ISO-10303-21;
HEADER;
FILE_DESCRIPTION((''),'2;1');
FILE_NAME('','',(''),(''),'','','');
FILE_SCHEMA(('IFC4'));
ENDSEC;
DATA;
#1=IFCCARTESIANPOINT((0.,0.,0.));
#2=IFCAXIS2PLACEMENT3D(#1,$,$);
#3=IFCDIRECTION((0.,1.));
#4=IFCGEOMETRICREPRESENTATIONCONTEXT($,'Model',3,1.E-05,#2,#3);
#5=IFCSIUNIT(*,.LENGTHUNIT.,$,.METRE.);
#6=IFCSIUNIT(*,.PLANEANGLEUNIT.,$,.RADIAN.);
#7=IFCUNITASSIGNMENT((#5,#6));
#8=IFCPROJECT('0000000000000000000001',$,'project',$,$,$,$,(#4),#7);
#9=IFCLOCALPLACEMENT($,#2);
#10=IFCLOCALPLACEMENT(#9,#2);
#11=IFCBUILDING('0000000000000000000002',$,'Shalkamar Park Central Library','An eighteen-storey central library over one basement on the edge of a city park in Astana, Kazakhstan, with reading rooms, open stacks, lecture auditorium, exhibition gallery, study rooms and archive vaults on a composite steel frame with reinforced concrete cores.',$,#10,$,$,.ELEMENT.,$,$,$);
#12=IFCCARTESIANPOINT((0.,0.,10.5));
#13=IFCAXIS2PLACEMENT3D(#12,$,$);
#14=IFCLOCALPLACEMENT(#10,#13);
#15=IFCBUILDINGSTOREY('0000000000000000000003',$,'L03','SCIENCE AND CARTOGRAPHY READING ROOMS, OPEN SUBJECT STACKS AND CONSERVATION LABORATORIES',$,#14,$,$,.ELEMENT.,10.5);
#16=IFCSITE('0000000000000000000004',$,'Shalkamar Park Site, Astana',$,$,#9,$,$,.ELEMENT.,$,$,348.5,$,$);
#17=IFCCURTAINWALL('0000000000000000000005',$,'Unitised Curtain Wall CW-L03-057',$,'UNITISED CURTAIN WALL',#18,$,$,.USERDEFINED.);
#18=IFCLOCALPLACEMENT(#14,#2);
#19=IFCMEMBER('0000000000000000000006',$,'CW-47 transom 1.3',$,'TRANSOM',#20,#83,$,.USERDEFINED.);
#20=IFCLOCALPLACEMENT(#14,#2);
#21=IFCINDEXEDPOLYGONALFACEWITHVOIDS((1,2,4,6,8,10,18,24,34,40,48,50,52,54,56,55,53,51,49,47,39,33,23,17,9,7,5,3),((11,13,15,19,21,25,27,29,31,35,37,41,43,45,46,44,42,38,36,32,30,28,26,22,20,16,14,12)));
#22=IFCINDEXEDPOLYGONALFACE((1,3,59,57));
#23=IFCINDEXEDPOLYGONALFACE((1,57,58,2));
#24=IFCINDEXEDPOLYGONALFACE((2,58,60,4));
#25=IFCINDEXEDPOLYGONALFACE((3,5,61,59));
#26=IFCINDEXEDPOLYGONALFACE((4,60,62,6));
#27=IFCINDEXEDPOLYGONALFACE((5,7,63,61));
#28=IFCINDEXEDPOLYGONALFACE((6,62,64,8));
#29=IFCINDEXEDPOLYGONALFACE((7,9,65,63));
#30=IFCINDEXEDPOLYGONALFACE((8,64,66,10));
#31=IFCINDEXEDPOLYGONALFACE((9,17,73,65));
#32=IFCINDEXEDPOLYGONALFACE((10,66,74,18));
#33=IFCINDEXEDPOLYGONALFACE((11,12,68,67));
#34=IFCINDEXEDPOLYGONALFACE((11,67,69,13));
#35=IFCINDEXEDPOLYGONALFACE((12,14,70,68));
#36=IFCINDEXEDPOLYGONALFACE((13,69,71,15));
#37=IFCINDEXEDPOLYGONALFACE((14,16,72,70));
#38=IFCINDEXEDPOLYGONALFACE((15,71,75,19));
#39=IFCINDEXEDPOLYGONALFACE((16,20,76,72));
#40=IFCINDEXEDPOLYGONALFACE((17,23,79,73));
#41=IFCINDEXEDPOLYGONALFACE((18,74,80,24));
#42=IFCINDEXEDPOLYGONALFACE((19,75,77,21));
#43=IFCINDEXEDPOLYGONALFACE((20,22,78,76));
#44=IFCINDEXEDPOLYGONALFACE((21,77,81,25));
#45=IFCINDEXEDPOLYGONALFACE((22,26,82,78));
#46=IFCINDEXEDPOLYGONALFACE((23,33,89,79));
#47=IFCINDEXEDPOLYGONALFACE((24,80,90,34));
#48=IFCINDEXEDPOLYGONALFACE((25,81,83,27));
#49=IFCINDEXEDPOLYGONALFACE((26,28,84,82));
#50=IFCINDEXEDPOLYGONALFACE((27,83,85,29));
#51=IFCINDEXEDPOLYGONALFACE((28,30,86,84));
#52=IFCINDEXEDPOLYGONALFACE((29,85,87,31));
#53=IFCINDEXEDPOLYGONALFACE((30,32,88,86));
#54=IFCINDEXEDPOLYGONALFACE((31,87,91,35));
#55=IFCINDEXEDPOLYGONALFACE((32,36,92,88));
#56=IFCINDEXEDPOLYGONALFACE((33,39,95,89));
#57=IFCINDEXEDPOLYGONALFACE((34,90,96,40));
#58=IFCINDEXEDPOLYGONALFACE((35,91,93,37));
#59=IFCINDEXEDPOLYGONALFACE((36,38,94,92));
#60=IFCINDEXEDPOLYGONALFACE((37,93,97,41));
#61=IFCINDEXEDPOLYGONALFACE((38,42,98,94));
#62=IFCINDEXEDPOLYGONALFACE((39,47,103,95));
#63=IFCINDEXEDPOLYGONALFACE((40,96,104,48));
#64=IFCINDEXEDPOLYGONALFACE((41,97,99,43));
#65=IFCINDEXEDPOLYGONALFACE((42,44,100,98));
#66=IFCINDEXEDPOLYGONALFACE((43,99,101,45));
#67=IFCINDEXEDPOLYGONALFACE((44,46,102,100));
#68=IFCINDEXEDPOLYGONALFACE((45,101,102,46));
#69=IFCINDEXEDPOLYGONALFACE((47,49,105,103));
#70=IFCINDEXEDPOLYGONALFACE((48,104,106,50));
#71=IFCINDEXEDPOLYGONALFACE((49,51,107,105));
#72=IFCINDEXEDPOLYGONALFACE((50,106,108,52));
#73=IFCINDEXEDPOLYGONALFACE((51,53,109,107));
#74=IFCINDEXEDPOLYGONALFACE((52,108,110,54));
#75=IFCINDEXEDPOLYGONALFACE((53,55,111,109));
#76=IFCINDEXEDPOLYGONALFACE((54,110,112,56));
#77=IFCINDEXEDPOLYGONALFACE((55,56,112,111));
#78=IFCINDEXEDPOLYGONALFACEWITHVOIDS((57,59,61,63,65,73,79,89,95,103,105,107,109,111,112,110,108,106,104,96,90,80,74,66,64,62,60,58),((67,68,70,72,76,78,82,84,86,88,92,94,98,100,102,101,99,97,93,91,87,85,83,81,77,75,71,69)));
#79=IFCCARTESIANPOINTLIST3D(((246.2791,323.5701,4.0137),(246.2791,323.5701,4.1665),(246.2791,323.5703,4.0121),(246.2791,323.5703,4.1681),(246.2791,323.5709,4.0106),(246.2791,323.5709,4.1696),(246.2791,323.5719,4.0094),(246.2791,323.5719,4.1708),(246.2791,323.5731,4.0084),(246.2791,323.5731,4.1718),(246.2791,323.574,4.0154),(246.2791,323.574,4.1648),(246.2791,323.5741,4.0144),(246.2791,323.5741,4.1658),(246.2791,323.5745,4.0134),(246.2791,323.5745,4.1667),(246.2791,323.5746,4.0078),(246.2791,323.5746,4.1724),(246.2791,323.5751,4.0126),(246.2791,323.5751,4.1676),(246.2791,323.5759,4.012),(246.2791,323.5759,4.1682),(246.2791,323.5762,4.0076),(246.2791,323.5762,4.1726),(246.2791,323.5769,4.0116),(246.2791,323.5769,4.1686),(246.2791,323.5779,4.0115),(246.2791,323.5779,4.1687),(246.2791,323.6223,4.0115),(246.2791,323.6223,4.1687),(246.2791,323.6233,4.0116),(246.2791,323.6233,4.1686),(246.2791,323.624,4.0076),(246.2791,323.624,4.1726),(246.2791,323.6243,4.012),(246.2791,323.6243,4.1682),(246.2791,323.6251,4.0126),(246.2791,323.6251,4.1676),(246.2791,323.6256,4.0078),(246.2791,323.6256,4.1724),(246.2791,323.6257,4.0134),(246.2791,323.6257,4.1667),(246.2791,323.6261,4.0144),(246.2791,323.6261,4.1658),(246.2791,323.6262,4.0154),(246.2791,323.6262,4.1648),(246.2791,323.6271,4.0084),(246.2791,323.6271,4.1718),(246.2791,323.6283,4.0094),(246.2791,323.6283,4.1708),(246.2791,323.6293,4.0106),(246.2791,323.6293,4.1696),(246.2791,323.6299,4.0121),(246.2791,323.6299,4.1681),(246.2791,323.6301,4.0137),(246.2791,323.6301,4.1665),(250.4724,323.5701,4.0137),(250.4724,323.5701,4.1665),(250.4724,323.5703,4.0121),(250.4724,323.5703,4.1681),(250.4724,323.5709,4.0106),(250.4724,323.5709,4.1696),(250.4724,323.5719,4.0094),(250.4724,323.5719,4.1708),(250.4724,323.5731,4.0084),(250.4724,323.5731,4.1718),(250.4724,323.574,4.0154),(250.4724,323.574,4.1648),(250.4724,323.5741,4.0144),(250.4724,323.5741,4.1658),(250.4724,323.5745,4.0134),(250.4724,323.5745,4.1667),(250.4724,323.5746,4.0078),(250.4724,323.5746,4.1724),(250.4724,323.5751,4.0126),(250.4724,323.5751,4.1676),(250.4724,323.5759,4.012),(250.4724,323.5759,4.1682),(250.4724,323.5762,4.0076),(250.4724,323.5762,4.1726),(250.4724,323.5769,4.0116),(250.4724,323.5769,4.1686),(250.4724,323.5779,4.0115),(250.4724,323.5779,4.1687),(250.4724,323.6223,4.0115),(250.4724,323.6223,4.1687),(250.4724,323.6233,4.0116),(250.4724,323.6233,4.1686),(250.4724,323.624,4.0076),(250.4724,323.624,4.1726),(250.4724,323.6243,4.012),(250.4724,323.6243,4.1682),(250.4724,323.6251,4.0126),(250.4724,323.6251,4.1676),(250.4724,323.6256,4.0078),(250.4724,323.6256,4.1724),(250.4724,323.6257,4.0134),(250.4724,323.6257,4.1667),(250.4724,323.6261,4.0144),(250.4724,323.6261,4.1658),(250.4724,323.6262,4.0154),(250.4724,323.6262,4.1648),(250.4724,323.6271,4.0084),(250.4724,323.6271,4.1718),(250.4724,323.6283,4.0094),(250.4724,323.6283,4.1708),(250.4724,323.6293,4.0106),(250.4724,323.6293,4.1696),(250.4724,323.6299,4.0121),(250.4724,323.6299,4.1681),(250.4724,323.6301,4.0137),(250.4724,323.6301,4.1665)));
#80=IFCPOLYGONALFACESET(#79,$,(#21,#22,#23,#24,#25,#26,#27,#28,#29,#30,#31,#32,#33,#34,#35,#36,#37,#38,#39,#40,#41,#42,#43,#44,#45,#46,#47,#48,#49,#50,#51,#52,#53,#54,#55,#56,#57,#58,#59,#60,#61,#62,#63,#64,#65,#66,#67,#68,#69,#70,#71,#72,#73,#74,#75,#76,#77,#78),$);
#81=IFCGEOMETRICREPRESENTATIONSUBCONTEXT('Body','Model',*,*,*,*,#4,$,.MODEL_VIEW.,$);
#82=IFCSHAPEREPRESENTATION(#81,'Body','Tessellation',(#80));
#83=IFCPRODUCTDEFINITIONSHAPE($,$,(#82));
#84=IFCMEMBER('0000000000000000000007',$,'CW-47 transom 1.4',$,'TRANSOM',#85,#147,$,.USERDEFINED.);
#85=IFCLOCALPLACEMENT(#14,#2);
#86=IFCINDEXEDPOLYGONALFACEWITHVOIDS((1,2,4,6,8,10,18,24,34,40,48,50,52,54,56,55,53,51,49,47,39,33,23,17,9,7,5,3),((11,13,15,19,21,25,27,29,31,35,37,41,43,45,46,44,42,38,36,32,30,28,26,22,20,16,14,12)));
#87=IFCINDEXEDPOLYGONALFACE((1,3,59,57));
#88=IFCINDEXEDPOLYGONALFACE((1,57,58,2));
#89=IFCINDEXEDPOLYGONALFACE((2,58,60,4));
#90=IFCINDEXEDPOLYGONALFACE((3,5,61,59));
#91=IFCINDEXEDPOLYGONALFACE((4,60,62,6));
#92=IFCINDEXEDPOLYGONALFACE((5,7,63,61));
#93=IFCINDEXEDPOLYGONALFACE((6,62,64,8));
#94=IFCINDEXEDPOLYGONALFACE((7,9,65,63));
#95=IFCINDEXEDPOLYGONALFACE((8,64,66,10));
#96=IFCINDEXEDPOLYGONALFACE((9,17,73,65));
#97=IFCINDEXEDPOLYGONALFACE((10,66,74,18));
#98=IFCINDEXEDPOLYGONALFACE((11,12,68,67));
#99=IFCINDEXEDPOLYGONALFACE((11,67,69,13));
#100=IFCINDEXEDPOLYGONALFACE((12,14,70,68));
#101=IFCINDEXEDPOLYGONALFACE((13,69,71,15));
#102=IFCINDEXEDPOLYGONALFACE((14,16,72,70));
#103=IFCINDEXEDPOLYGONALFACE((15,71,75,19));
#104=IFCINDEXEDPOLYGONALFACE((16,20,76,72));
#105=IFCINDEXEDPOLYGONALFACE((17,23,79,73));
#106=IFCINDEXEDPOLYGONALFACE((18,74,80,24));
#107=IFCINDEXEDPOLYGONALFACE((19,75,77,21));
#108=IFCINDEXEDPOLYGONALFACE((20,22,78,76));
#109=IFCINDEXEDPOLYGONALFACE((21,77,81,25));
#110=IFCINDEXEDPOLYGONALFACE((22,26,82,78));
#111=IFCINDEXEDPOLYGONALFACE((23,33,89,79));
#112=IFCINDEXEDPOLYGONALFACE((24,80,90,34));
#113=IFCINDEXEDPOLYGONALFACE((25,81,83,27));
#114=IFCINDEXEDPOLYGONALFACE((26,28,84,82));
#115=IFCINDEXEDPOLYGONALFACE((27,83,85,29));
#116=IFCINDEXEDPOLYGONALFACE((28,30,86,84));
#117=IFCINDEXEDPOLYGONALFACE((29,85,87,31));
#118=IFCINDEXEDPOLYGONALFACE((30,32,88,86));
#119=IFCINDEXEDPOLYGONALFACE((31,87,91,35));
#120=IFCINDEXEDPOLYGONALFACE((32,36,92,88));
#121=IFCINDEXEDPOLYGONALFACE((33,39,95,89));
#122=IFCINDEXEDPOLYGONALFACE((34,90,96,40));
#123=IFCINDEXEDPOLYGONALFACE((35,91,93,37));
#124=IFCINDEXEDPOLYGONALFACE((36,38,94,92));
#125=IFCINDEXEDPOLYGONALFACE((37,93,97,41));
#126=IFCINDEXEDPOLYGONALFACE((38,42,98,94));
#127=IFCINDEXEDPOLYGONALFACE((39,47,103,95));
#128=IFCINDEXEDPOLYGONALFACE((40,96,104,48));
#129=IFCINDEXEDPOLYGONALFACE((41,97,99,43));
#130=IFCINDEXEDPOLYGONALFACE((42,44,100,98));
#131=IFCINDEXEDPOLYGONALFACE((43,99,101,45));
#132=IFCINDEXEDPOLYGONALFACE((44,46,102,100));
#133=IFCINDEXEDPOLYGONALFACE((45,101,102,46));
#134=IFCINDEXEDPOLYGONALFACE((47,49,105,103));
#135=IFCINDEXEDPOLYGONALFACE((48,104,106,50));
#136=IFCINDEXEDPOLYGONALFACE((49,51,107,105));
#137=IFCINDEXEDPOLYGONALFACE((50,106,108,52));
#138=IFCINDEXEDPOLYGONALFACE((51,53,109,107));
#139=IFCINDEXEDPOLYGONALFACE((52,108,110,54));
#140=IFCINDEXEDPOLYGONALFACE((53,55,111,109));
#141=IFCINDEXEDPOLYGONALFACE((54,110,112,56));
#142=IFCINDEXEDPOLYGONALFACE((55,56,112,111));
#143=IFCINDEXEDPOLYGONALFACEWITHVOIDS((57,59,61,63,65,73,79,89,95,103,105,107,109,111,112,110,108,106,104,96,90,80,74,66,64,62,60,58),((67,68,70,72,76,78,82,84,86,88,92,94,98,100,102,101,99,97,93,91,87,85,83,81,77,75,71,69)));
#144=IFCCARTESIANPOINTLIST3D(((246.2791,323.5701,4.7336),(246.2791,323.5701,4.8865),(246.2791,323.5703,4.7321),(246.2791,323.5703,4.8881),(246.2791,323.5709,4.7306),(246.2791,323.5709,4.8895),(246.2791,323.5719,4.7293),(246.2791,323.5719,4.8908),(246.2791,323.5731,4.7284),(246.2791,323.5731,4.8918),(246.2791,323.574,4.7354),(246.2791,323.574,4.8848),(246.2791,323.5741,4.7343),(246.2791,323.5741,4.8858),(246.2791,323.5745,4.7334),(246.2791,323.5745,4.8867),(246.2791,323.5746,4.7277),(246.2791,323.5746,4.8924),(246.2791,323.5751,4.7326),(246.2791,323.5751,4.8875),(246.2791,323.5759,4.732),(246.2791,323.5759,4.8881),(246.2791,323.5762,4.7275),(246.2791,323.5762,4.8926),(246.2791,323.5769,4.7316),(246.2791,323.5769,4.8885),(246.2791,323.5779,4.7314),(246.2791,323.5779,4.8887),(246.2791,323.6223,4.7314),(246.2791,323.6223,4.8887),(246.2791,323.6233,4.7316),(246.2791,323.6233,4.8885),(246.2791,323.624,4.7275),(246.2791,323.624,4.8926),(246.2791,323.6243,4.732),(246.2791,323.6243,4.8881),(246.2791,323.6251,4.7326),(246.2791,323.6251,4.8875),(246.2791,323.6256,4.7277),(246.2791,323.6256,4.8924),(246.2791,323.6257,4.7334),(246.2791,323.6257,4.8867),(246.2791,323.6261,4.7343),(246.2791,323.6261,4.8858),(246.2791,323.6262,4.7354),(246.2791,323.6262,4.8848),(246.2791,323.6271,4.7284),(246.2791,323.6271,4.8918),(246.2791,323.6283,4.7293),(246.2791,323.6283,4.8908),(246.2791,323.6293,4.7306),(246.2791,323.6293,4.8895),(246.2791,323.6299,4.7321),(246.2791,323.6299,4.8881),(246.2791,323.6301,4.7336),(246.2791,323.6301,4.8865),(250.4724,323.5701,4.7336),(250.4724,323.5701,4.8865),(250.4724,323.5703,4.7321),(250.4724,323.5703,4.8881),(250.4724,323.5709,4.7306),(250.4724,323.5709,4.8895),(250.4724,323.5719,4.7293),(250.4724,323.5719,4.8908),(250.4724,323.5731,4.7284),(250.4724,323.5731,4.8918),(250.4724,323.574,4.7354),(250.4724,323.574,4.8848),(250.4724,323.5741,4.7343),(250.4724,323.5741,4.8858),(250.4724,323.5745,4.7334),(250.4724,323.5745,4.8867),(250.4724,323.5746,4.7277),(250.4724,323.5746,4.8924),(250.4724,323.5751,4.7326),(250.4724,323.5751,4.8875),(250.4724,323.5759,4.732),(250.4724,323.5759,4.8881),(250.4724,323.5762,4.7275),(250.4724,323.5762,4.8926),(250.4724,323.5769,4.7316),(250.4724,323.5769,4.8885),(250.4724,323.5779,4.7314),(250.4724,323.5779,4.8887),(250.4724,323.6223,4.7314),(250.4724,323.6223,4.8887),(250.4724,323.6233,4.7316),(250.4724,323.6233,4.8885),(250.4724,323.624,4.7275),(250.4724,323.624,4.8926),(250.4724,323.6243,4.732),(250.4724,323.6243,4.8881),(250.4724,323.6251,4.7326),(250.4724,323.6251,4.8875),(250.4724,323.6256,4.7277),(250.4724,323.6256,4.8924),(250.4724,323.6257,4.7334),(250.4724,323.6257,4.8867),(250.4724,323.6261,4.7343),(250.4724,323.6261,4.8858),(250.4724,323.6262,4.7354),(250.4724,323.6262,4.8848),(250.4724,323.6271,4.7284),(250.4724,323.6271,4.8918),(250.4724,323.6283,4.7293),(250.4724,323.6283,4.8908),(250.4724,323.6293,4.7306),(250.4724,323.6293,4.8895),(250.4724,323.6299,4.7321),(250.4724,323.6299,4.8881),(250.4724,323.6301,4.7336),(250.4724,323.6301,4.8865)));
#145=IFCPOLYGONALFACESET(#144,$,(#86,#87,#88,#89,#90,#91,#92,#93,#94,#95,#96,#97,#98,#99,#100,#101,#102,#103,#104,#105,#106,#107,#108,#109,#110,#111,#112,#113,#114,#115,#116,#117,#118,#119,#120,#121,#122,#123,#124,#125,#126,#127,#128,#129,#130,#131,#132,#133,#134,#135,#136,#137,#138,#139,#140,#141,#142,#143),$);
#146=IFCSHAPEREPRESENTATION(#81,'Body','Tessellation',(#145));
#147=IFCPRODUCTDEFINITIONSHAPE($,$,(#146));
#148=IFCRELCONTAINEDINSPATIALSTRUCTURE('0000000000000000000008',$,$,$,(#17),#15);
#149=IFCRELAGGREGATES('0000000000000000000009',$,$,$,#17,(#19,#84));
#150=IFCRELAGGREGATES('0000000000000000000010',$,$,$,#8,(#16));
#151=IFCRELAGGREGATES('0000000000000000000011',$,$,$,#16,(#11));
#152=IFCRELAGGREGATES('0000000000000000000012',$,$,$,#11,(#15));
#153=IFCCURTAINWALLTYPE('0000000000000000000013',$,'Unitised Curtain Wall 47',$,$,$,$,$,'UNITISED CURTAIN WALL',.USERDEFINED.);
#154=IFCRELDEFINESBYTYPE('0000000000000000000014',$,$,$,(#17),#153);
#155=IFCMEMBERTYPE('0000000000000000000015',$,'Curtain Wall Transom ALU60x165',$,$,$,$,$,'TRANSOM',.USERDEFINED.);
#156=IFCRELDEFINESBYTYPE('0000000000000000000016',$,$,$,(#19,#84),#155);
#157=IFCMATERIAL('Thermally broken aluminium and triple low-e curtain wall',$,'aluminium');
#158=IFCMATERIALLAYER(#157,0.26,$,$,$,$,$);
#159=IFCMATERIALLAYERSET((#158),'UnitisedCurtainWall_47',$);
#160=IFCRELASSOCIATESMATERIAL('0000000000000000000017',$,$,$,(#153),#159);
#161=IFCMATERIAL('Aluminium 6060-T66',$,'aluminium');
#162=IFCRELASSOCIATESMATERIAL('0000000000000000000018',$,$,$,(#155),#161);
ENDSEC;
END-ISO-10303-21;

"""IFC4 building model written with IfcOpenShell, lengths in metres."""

from ifc_helpers import new_model, si_unit, direction, frame, origin, origin_2d, place, context, subcontext, project, spatial, hollow_rectangle, extrude, material, layer, layer_set, material_profile, profile_set, type_object, element, aggregate, save


model = new_model("IFC4")

# Units and contexts
model_context = context("Model", 3, precision=1e-05, world=origin(), true_north=direction((0.0, 1.0)))
body_context = subcontext(model_context, "Body", "Model", "MODEL_VIEW")
ifc_project = project(units=[si_unit("LENGTHUNIT", "METRE"), si_unit("PLANEANGLEUNIT", "RADIAN")], contexts=[model_context])

# Site, building, storey
site_placement = place(None, origin())
site = spatial("IfcSite", under=ifc_project, at=site_placement, Name="Shalkamar Park Site, Astana", CompositionType="ELEMENT", RefElevation=348.5)
building_placement = place(site_placement, origin())
building = spatial("IfcBuilding", under=site, at=building_placement, Name="Shalkamar Park Central Library", Description="An eighteen-storey central library over one basement on the edge of a city park in Astana, Kazakhstan, with reading rooms, open stacks, lecture auditorium, exhibition gallery, study rooms and archive vaults on a composite steel frame with reinforced concrete cores.", CompositionType="ELEMENT")
storey_placement = place(building_placement, frame((0.0, 0.0, 10.5)))
storey = spatial("IfcBuildingStorey", under=building, at=storey_placement, Name="L03", Description="SCIENCE AND CARTOGRAPHY READING ROOMS, OPEN SUBJECT STACKS AND CONSERVATION LABORATORIES", CompositionType="ELEMENT", Elevation=10.5)

# Shared definitions
ifc_material_1 = material(Name="Thermally broken aluminium and triple low-e curtain wall", Category="aluminium")
ifc_material_2 = material(Name="Aluminium 6060-T66", Category="aluminium")

# Curtain wall, members
ifc_layer_1 = layer(ifc_material_1, 0.26)
ifc_layer_set_1 = layer_set([ifc_layer_1], Name="UnitisedCurtainWall_47")
curtain_wall_type_1 = type_object("IfcCurtainWallType", Name="Unitised Curtain Wall 47", ElementType="UNITISED CURTAIN WALL", PredefinedType="USERDEFINED", material=ifc_layer_set_1)
curtain_wall_1_placement = place(storey_placement, origin())
curtain_wall_1 = element("IfcCurtainWall", 1, at=curtain_wall_1_placement, inside=storey, type_object=curtain_wall_type_1, Name="Unitised Curtain Wall CW-L03-057", ObjectType="UNITISED CURTAIN WALL", PredefinedType="USERDEFINED")
ifc_material_profile_1 = material_profile(ifc_material_2, hollow_rectangle(XDim=0.0601, YDim=0.165, WallThickness=0.0039, InnerFilletRadius=0.0039, OuterFilletRadius=0.0061, at=origin_2d()), Name="ALU 60x165x4")
ifc_profile_set_1 = profile_set([ifc_material_profile_1], Name="Aluminium 6060-T66")
member_type_1 = type_object("IfcMemberType", Name="Curtain Wall Transom ALU60x165", ElementType="TRANSOM", PredefinedType="USERDEFINED", material=ifc_profile_set_1)
member_1_placement = place(storey_placement, frame((246.2791, 323.6001, 4.0901), z_axis=(1.0, 0.0, 0.0), x_axis=(0.0, 1.0, 0.0)))
member_1 = element("IfcMember", 2, at=member_1_placement, type_object=member_type_1, Name="CW-47 transom 1.3", ObjectType="TRANSOM", PredefinedType="USERDEFINED", context=body_context, shape_type="SweptSolid", body=[
    extrude(hollow_rectangle(XDim=0.0601, YDim=0.165, WallThickness=0.0039, InnerFilletRadius=0.0039, OuterFilletRadius=0.0061, at=origin_2d()), origin(), (0.0, 0.0, 1.0), 4.1934),
])
member_2_placement = place(storey_placement, frame((246.2791, 323.6001, 4.8101), z_axis=(1.0, 0.0, 0.0), x_axis=(0.0, 1.0, 0.0)))
member_2 = element("IfcMember", 3, at=member_2_placement, type_object=member_type_1, Name="CW-47 transom 1.4", ObjectType="TRANSOM", PredefinedType="USERDEFINED", context=body_context, shape_type="SweptSolid", body=[
    extrude(hollow_rectangle(XDim=0.0601, YDim=0.165, WallThickness=0.0039, InnerFilletRadius=0.0039, OuterFilletRadius=0.0061, at=origin_2d()), origin(), (0.0, 0.0, 1.0), 4.1934),
])

aggregate(curtain_wall_1, [member_1, member_2])

save(model, "model.ifc")
